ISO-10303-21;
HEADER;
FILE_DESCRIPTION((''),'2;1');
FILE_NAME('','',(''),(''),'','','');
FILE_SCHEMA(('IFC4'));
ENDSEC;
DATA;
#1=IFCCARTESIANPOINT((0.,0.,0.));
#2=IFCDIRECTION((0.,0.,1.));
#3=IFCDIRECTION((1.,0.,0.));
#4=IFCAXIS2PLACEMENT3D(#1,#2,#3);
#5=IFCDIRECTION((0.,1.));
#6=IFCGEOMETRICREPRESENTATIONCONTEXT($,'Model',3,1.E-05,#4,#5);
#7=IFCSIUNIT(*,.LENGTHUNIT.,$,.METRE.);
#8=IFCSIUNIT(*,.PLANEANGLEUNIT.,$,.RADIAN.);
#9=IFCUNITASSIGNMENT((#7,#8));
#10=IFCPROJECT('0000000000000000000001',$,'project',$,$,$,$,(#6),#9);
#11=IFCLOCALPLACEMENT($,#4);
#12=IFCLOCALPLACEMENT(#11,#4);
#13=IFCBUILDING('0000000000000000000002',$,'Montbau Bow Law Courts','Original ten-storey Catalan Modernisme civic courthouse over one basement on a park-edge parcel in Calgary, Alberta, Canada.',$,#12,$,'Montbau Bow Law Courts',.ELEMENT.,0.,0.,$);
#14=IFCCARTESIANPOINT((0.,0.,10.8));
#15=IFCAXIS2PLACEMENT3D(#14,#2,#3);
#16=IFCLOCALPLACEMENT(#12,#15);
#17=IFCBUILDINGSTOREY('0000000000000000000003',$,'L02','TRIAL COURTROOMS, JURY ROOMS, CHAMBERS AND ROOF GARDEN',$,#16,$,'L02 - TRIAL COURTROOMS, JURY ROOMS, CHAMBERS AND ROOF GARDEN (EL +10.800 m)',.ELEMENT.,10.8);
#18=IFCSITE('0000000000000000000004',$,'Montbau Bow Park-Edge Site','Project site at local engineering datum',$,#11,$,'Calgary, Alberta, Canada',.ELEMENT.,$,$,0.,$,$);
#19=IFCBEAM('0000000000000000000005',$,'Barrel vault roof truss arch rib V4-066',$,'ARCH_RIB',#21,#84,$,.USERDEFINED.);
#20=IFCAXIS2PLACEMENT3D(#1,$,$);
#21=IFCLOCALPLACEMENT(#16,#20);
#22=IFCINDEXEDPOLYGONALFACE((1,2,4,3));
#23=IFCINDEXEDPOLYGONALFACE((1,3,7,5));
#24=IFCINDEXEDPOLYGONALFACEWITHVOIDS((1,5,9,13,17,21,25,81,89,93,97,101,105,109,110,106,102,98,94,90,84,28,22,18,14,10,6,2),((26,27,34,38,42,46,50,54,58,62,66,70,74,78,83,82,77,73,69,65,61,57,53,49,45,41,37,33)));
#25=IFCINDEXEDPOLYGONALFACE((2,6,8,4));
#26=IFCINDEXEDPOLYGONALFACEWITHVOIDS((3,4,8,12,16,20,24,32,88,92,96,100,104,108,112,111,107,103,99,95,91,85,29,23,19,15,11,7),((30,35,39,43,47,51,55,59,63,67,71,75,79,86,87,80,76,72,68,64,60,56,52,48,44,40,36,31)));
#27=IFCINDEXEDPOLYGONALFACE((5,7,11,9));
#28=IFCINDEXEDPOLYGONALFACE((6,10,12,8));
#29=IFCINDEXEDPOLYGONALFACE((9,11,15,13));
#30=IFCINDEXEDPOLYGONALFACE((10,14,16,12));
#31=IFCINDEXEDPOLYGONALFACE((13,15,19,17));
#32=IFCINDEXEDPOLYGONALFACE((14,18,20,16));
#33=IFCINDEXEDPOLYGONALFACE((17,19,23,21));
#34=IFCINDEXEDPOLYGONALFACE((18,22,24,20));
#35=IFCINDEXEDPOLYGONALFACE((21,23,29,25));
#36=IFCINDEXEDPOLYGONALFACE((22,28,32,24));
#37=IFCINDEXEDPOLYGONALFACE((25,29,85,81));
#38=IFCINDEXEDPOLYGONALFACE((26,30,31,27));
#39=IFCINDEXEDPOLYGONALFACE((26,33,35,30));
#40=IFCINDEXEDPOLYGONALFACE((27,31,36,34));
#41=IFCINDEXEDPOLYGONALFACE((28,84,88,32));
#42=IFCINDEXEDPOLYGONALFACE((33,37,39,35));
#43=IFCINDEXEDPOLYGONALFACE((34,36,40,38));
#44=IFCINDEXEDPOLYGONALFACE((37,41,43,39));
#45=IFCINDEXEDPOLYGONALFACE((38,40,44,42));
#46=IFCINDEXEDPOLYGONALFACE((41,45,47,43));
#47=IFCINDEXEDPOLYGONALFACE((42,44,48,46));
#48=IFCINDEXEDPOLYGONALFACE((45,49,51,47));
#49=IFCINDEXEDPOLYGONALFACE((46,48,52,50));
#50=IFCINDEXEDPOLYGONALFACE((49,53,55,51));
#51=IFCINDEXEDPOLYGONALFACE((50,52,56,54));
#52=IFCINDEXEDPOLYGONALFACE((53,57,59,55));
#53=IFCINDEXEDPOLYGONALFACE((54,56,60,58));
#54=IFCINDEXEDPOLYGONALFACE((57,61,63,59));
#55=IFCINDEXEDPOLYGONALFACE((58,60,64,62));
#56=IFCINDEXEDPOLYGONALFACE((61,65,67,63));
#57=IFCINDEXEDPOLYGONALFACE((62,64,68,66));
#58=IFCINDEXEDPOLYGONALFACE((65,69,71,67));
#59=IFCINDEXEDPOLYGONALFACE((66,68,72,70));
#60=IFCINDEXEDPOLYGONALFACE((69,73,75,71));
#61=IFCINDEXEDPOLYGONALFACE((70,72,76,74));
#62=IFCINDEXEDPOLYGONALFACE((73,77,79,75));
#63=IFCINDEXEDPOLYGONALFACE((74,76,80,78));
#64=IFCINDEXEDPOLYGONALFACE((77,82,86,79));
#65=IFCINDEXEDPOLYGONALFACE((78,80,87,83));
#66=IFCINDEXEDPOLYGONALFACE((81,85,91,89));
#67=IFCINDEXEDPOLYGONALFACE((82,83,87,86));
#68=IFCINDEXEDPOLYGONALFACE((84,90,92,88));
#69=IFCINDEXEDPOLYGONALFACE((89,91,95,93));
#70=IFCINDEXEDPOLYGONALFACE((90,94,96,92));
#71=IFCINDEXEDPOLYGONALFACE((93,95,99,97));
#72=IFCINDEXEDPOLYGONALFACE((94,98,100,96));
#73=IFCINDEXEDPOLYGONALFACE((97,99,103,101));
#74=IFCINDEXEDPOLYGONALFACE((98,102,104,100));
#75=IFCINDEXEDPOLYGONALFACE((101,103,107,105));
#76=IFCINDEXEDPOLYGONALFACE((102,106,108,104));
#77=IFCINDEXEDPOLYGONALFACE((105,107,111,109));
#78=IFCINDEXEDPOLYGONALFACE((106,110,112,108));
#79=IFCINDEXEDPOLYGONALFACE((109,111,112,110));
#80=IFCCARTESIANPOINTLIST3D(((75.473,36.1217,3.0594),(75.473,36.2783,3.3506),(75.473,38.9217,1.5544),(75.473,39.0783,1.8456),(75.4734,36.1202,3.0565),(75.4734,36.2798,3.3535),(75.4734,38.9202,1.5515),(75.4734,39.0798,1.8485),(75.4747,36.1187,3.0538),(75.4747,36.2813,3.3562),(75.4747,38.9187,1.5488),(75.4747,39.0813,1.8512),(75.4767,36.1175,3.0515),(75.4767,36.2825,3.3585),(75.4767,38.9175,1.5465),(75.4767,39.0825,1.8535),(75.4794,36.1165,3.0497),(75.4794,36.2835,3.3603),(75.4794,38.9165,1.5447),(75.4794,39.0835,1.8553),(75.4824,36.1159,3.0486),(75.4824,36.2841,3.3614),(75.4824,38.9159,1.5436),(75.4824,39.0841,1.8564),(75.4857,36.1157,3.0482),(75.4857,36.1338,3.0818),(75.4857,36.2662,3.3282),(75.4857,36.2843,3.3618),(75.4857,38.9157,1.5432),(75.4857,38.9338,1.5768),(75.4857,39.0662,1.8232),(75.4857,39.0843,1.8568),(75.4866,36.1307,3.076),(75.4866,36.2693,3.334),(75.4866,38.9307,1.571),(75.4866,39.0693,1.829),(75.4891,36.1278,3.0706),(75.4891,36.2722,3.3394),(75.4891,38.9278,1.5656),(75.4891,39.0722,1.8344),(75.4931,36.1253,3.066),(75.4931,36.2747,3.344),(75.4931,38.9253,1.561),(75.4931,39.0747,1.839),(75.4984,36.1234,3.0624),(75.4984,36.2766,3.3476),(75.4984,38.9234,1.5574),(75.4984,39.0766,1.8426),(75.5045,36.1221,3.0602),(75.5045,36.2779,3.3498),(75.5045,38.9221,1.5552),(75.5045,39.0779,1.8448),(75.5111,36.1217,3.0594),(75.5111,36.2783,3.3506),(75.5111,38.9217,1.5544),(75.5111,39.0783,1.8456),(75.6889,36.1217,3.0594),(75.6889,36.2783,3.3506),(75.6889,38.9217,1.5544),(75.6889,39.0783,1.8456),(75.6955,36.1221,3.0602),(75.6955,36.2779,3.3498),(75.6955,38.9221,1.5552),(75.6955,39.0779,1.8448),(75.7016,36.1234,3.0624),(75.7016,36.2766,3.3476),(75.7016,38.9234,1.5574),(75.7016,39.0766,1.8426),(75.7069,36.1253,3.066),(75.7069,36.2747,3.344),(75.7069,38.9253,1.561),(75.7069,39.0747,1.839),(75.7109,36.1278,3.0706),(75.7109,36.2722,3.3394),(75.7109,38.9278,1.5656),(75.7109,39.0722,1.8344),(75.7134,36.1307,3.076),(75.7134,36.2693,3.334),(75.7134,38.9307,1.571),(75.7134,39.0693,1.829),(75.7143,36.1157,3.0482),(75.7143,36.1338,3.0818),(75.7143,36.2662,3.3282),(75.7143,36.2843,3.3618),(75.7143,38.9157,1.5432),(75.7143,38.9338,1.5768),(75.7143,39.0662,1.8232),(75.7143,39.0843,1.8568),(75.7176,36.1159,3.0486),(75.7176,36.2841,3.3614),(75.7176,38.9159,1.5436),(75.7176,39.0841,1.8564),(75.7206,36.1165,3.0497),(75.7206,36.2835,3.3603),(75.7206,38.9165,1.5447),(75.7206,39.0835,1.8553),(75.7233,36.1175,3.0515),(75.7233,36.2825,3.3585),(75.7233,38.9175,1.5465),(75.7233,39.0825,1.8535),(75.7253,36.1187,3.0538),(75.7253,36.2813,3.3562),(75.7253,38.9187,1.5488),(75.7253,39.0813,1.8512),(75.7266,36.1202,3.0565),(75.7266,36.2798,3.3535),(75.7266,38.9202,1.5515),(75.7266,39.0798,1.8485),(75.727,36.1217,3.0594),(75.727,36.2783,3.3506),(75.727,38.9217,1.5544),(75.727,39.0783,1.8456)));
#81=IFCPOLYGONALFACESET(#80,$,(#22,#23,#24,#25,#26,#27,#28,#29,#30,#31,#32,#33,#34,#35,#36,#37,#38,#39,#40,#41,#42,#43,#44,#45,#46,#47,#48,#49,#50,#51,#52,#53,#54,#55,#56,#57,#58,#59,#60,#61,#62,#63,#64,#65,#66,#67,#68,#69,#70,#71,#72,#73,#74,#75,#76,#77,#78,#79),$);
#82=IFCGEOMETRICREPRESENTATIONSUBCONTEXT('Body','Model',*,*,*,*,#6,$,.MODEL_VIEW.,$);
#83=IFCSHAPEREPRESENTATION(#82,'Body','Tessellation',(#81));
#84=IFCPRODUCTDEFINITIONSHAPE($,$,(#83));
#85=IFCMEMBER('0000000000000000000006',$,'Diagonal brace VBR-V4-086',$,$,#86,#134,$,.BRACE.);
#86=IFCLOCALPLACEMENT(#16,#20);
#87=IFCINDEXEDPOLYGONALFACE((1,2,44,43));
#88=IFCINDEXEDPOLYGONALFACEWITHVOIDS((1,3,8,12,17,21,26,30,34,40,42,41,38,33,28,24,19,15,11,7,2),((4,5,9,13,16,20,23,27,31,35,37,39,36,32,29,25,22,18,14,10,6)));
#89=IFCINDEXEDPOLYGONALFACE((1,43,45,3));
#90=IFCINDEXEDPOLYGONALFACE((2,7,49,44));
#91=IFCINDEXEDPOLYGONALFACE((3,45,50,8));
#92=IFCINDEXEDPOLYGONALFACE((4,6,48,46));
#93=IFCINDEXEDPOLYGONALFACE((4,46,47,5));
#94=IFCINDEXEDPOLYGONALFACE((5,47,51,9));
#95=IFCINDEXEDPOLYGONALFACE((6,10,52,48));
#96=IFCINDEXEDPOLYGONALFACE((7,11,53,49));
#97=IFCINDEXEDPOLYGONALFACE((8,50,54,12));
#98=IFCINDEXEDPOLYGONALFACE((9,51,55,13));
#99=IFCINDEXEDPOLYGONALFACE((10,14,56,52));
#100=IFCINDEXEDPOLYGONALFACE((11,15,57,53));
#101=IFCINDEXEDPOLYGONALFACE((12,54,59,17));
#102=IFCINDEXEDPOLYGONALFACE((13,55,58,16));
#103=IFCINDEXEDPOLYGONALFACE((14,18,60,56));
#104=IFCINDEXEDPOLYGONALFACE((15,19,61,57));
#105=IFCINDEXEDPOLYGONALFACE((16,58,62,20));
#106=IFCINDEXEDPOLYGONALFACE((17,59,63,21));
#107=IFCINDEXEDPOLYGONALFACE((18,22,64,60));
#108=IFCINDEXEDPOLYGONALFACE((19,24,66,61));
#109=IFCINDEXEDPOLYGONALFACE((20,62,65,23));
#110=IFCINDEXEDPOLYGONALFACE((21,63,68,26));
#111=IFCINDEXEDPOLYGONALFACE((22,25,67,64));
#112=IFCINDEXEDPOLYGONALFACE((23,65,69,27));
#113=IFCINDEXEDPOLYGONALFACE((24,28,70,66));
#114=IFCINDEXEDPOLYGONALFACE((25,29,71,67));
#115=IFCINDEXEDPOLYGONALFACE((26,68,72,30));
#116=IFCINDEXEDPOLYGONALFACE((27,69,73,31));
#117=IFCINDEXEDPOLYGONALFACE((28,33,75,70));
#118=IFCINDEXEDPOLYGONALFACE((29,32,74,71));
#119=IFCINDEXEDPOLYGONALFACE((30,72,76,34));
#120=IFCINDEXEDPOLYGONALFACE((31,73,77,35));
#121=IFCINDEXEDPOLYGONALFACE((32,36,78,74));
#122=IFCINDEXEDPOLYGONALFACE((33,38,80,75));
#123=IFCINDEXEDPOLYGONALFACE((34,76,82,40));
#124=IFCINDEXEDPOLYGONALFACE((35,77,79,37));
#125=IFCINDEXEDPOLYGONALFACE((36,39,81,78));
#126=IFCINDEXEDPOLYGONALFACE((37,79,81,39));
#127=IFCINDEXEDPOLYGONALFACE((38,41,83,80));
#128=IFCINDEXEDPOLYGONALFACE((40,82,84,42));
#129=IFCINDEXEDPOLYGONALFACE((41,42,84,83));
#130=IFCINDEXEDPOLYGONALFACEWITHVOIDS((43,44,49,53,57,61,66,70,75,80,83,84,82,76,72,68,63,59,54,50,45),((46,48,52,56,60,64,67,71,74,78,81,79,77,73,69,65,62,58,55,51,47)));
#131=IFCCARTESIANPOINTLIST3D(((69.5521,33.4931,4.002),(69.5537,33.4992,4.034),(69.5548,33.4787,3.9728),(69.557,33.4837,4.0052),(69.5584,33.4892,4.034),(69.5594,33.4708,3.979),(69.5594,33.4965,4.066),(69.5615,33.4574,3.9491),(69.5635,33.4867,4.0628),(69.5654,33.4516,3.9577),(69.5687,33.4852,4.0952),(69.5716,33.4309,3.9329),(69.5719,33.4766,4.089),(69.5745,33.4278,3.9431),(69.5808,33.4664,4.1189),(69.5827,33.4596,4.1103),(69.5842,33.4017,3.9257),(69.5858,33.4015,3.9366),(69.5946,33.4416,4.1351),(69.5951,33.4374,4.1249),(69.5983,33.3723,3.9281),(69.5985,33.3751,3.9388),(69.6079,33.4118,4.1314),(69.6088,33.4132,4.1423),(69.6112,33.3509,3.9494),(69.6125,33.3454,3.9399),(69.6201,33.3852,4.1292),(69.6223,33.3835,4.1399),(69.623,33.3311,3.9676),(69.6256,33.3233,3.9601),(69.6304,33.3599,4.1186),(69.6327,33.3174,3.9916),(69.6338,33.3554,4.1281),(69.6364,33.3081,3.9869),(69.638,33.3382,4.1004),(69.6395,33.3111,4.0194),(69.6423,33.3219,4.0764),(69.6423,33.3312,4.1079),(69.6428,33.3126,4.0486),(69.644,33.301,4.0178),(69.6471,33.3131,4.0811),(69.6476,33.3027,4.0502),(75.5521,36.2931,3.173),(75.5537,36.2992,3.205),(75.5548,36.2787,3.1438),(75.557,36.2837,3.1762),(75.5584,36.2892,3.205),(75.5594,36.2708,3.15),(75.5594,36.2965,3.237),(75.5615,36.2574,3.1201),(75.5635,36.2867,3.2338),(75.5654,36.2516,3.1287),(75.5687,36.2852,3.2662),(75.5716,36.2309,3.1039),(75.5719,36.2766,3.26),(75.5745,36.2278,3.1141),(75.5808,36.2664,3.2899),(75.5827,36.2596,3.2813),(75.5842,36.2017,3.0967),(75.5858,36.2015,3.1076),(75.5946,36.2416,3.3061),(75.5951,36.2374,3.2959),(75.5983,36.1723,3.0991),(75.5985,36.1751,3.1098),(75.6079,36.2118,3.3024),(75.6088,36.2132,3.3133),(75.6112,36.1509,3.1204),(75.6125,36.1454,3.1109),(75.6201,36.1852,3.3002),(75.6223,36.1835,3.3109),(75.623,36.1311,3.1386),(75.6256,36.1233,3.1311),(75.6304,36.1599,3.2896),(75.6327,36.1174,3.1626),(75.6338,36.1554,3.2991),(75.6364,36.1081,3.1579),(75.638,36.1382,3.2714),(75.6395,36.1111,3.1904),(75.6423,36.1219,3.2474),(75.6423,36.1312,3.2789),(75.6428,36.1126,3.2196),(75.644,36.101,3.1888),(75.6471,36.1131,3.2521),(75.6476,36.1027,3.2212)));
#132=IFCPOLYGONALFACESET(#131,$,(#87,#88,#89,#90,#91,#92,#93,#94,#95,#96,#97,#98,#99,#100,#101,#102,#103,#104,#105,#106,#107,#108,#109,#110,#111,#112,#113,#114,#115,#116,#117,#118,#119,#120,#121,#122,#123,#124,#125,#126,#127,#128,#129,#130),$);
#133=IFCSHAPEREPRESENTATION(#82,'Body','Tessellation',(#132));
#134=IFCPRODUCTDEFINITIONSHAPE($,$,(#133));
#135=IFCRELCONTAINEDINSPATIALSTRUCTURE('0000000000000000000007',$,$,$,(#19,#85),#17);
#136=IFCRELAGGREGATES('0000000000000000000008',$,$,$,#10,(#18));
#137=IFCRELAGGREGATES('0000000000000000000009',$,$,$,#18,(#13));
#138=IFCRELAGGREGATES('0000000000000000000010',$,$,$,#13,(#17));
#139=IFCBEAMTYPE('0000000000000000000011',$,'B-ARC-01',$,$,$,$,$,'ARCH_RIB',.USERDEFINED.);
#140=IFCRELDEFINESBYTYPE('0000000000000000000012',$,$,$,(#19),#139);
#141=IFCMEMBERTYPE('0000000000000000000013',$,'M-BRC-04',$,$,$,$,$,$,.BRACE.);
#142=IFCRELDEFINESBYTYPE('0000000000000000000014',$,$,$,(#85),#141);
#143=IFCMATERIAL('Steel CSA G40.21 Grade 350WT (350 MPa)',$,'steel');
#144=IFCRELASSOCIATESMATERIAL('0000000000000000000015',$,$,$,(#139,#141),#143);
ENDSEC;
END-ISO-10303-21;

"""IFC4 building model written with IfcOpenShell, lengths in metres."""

from ifc_helpers import new_model, si_unit, direction, frame, origin_with_axes, origin_2d_with_axis, place, context, subcontext, project, spatial, hollow_rectangle, hollow_circle, extrude, material, material_profile, profile_set, type_object, element, save


model = new_model("IFC4")

# Units and contexts
model_context = context("Model", 3, precision=1e-05, world=origin_with_axes(), true_north=direction((0.0, 1.0)))
body_context = subcontext(model_context, "Body", "Model", "MODEL_VIEW")
ifc_project = project(units=[si_unit("LENGTHUNIT", "METRE"), si_unit("PLANEANGLEUNIT", "RADIAN")], contexts=[model_context])

# Site, building, storey
site_placement = place(None, origin_with_axes())
site = spatial("IfcSite", under=ifc_project, at=site_placement, Name="Montbau Bow Park-Edge Site", Description="Project site at local engineering datum", LongName="Calgary, Alberta, Canada", CompositionType="ELEMENT", RefElevation=0.0)
building_placement = place(site_placement, origin_with_axes())
building = spatial("IfcBuilding", under=site, at=building_placement, Name="Montbau Bow Law Courts", Description="Original ten-storey Catalan Modernisme civic courthouse over one basement on a park-edge parcel in Calgary, Alberta, Canada.", LongName="Montbau Bow Law Courts", CompositionType="ELEMENT", ElevationOfRefHeight=0.0, ElevationOfTerrain=0.0)
storey_placement = place(building_placement, frame((0.0, 0.0, 10.8), z_axis=(0.0, 0.0, 1.0), x_axis=(1.0, 0.0, 0.0)))
storey = spatial("IfcBuildingStorey", under=building, at=storey_placement, Name="L02", Description="TRIAL COURTROOMS, JURY ROOMS, CHAMBERS AND ROOF GARDEN", LongName="L02 - TRIAL COURTROOMS, JURY ROOMS, CHAMBERS AND ROOF GARDEN (EL +10.800 m)", CompositionType="ELEMENT", Elevation=10.8)

# Beam
ifc_material_1 = material(Name="Steel CSA G40.21 Grade 350WT (350 MPa)", Category="steel")
ifc_material_profile_1 = material_profile(ifc_material_1, hollow_rectangle(XDim=0.254, YDim=0.356, WallThickness=0.0127, InnerFilletRadius=0.0254, OuterFilletRadius=0.0127, at=origin_2d_with_axis()), Name="HSS356X254X13", Category="Main", Priority=0)
ifc_profile_set_1 = profile_set([ifc_material_profile_1], Name="Steel CSA G40.21 Grade 350WT (350 MPa)")
beam_type = type_object("IfcBeamType", Name="B-ARC-01", ElementType="ARCH_RIB", PredefinedType="USERDEFINED", material=ifc_profile_set_1)
beam_1_placement = place(None, frame((75.6, 36.2, 14.005), z_axis=(0.0, 0.880824, -0.473443), x_axis=(-1.0, 0.0, 0.0)))
element("IfcBeam", 1, at=beam_1_placement, inside=storey, type_object=beam_type, Name="Barrel vault roof truss arch rib V4-066", ObjectType="ARCH_RIB", PredefinedType="USERDEFINED", context=body_context, shape_type="SweptSolid", body=[
    extrude(hollow_rectangle(XDim=0.254, YDim=0.356, WallThickness=0.0127, InnerFilletRadius=0.0254, OuterFilletRadius=0.0127, at=origin_2d_with_axis()), origin_with_axes(), (0.0, 0.0, 1.0), 3.1788),
])

# Member
ifc_material_profile_2 = material_profile(ifc_material_1, hollow_circle(Radius=0.1095, WallThickness=0.0111, at=origin_2d_with_axis()), Name="HSS219X11", Category="Main", Priority=0)
ifc_profile_set_2 = profile_set([ifc_material_profile_2], Name="Steel CSA G40.21 Grade 350WT (350 MPa)")
member_type_1 = type_object("IfcMemberType", Name="M-BRC-04", PredefinedType="BRACE", material=ifc_profile_set_2)
member_1_placement = place(None, frame((69.6, 33.4, 14.834), z_axis=(0.899163, 0.419609, -0.124234), x_axis=(-0.422885, 0.906183, 0.0)))
element("IfcMember", 2, at=member_1_placement, inside=storey, type_object=member_type_1, Name="Diagonal brace VBR-V4-086", PredefinedType="BRACE", context=body_context, shape_type="SweptSolid", body=[
    extrude(hollow_circle(Radius=0.1095, WallThickness=0.0111, at=origin_2d_with_axis()), origin_with_axes(), (0.0, 0.0, 1.0), 6.6729),
])

save(model, "model.ifc")
